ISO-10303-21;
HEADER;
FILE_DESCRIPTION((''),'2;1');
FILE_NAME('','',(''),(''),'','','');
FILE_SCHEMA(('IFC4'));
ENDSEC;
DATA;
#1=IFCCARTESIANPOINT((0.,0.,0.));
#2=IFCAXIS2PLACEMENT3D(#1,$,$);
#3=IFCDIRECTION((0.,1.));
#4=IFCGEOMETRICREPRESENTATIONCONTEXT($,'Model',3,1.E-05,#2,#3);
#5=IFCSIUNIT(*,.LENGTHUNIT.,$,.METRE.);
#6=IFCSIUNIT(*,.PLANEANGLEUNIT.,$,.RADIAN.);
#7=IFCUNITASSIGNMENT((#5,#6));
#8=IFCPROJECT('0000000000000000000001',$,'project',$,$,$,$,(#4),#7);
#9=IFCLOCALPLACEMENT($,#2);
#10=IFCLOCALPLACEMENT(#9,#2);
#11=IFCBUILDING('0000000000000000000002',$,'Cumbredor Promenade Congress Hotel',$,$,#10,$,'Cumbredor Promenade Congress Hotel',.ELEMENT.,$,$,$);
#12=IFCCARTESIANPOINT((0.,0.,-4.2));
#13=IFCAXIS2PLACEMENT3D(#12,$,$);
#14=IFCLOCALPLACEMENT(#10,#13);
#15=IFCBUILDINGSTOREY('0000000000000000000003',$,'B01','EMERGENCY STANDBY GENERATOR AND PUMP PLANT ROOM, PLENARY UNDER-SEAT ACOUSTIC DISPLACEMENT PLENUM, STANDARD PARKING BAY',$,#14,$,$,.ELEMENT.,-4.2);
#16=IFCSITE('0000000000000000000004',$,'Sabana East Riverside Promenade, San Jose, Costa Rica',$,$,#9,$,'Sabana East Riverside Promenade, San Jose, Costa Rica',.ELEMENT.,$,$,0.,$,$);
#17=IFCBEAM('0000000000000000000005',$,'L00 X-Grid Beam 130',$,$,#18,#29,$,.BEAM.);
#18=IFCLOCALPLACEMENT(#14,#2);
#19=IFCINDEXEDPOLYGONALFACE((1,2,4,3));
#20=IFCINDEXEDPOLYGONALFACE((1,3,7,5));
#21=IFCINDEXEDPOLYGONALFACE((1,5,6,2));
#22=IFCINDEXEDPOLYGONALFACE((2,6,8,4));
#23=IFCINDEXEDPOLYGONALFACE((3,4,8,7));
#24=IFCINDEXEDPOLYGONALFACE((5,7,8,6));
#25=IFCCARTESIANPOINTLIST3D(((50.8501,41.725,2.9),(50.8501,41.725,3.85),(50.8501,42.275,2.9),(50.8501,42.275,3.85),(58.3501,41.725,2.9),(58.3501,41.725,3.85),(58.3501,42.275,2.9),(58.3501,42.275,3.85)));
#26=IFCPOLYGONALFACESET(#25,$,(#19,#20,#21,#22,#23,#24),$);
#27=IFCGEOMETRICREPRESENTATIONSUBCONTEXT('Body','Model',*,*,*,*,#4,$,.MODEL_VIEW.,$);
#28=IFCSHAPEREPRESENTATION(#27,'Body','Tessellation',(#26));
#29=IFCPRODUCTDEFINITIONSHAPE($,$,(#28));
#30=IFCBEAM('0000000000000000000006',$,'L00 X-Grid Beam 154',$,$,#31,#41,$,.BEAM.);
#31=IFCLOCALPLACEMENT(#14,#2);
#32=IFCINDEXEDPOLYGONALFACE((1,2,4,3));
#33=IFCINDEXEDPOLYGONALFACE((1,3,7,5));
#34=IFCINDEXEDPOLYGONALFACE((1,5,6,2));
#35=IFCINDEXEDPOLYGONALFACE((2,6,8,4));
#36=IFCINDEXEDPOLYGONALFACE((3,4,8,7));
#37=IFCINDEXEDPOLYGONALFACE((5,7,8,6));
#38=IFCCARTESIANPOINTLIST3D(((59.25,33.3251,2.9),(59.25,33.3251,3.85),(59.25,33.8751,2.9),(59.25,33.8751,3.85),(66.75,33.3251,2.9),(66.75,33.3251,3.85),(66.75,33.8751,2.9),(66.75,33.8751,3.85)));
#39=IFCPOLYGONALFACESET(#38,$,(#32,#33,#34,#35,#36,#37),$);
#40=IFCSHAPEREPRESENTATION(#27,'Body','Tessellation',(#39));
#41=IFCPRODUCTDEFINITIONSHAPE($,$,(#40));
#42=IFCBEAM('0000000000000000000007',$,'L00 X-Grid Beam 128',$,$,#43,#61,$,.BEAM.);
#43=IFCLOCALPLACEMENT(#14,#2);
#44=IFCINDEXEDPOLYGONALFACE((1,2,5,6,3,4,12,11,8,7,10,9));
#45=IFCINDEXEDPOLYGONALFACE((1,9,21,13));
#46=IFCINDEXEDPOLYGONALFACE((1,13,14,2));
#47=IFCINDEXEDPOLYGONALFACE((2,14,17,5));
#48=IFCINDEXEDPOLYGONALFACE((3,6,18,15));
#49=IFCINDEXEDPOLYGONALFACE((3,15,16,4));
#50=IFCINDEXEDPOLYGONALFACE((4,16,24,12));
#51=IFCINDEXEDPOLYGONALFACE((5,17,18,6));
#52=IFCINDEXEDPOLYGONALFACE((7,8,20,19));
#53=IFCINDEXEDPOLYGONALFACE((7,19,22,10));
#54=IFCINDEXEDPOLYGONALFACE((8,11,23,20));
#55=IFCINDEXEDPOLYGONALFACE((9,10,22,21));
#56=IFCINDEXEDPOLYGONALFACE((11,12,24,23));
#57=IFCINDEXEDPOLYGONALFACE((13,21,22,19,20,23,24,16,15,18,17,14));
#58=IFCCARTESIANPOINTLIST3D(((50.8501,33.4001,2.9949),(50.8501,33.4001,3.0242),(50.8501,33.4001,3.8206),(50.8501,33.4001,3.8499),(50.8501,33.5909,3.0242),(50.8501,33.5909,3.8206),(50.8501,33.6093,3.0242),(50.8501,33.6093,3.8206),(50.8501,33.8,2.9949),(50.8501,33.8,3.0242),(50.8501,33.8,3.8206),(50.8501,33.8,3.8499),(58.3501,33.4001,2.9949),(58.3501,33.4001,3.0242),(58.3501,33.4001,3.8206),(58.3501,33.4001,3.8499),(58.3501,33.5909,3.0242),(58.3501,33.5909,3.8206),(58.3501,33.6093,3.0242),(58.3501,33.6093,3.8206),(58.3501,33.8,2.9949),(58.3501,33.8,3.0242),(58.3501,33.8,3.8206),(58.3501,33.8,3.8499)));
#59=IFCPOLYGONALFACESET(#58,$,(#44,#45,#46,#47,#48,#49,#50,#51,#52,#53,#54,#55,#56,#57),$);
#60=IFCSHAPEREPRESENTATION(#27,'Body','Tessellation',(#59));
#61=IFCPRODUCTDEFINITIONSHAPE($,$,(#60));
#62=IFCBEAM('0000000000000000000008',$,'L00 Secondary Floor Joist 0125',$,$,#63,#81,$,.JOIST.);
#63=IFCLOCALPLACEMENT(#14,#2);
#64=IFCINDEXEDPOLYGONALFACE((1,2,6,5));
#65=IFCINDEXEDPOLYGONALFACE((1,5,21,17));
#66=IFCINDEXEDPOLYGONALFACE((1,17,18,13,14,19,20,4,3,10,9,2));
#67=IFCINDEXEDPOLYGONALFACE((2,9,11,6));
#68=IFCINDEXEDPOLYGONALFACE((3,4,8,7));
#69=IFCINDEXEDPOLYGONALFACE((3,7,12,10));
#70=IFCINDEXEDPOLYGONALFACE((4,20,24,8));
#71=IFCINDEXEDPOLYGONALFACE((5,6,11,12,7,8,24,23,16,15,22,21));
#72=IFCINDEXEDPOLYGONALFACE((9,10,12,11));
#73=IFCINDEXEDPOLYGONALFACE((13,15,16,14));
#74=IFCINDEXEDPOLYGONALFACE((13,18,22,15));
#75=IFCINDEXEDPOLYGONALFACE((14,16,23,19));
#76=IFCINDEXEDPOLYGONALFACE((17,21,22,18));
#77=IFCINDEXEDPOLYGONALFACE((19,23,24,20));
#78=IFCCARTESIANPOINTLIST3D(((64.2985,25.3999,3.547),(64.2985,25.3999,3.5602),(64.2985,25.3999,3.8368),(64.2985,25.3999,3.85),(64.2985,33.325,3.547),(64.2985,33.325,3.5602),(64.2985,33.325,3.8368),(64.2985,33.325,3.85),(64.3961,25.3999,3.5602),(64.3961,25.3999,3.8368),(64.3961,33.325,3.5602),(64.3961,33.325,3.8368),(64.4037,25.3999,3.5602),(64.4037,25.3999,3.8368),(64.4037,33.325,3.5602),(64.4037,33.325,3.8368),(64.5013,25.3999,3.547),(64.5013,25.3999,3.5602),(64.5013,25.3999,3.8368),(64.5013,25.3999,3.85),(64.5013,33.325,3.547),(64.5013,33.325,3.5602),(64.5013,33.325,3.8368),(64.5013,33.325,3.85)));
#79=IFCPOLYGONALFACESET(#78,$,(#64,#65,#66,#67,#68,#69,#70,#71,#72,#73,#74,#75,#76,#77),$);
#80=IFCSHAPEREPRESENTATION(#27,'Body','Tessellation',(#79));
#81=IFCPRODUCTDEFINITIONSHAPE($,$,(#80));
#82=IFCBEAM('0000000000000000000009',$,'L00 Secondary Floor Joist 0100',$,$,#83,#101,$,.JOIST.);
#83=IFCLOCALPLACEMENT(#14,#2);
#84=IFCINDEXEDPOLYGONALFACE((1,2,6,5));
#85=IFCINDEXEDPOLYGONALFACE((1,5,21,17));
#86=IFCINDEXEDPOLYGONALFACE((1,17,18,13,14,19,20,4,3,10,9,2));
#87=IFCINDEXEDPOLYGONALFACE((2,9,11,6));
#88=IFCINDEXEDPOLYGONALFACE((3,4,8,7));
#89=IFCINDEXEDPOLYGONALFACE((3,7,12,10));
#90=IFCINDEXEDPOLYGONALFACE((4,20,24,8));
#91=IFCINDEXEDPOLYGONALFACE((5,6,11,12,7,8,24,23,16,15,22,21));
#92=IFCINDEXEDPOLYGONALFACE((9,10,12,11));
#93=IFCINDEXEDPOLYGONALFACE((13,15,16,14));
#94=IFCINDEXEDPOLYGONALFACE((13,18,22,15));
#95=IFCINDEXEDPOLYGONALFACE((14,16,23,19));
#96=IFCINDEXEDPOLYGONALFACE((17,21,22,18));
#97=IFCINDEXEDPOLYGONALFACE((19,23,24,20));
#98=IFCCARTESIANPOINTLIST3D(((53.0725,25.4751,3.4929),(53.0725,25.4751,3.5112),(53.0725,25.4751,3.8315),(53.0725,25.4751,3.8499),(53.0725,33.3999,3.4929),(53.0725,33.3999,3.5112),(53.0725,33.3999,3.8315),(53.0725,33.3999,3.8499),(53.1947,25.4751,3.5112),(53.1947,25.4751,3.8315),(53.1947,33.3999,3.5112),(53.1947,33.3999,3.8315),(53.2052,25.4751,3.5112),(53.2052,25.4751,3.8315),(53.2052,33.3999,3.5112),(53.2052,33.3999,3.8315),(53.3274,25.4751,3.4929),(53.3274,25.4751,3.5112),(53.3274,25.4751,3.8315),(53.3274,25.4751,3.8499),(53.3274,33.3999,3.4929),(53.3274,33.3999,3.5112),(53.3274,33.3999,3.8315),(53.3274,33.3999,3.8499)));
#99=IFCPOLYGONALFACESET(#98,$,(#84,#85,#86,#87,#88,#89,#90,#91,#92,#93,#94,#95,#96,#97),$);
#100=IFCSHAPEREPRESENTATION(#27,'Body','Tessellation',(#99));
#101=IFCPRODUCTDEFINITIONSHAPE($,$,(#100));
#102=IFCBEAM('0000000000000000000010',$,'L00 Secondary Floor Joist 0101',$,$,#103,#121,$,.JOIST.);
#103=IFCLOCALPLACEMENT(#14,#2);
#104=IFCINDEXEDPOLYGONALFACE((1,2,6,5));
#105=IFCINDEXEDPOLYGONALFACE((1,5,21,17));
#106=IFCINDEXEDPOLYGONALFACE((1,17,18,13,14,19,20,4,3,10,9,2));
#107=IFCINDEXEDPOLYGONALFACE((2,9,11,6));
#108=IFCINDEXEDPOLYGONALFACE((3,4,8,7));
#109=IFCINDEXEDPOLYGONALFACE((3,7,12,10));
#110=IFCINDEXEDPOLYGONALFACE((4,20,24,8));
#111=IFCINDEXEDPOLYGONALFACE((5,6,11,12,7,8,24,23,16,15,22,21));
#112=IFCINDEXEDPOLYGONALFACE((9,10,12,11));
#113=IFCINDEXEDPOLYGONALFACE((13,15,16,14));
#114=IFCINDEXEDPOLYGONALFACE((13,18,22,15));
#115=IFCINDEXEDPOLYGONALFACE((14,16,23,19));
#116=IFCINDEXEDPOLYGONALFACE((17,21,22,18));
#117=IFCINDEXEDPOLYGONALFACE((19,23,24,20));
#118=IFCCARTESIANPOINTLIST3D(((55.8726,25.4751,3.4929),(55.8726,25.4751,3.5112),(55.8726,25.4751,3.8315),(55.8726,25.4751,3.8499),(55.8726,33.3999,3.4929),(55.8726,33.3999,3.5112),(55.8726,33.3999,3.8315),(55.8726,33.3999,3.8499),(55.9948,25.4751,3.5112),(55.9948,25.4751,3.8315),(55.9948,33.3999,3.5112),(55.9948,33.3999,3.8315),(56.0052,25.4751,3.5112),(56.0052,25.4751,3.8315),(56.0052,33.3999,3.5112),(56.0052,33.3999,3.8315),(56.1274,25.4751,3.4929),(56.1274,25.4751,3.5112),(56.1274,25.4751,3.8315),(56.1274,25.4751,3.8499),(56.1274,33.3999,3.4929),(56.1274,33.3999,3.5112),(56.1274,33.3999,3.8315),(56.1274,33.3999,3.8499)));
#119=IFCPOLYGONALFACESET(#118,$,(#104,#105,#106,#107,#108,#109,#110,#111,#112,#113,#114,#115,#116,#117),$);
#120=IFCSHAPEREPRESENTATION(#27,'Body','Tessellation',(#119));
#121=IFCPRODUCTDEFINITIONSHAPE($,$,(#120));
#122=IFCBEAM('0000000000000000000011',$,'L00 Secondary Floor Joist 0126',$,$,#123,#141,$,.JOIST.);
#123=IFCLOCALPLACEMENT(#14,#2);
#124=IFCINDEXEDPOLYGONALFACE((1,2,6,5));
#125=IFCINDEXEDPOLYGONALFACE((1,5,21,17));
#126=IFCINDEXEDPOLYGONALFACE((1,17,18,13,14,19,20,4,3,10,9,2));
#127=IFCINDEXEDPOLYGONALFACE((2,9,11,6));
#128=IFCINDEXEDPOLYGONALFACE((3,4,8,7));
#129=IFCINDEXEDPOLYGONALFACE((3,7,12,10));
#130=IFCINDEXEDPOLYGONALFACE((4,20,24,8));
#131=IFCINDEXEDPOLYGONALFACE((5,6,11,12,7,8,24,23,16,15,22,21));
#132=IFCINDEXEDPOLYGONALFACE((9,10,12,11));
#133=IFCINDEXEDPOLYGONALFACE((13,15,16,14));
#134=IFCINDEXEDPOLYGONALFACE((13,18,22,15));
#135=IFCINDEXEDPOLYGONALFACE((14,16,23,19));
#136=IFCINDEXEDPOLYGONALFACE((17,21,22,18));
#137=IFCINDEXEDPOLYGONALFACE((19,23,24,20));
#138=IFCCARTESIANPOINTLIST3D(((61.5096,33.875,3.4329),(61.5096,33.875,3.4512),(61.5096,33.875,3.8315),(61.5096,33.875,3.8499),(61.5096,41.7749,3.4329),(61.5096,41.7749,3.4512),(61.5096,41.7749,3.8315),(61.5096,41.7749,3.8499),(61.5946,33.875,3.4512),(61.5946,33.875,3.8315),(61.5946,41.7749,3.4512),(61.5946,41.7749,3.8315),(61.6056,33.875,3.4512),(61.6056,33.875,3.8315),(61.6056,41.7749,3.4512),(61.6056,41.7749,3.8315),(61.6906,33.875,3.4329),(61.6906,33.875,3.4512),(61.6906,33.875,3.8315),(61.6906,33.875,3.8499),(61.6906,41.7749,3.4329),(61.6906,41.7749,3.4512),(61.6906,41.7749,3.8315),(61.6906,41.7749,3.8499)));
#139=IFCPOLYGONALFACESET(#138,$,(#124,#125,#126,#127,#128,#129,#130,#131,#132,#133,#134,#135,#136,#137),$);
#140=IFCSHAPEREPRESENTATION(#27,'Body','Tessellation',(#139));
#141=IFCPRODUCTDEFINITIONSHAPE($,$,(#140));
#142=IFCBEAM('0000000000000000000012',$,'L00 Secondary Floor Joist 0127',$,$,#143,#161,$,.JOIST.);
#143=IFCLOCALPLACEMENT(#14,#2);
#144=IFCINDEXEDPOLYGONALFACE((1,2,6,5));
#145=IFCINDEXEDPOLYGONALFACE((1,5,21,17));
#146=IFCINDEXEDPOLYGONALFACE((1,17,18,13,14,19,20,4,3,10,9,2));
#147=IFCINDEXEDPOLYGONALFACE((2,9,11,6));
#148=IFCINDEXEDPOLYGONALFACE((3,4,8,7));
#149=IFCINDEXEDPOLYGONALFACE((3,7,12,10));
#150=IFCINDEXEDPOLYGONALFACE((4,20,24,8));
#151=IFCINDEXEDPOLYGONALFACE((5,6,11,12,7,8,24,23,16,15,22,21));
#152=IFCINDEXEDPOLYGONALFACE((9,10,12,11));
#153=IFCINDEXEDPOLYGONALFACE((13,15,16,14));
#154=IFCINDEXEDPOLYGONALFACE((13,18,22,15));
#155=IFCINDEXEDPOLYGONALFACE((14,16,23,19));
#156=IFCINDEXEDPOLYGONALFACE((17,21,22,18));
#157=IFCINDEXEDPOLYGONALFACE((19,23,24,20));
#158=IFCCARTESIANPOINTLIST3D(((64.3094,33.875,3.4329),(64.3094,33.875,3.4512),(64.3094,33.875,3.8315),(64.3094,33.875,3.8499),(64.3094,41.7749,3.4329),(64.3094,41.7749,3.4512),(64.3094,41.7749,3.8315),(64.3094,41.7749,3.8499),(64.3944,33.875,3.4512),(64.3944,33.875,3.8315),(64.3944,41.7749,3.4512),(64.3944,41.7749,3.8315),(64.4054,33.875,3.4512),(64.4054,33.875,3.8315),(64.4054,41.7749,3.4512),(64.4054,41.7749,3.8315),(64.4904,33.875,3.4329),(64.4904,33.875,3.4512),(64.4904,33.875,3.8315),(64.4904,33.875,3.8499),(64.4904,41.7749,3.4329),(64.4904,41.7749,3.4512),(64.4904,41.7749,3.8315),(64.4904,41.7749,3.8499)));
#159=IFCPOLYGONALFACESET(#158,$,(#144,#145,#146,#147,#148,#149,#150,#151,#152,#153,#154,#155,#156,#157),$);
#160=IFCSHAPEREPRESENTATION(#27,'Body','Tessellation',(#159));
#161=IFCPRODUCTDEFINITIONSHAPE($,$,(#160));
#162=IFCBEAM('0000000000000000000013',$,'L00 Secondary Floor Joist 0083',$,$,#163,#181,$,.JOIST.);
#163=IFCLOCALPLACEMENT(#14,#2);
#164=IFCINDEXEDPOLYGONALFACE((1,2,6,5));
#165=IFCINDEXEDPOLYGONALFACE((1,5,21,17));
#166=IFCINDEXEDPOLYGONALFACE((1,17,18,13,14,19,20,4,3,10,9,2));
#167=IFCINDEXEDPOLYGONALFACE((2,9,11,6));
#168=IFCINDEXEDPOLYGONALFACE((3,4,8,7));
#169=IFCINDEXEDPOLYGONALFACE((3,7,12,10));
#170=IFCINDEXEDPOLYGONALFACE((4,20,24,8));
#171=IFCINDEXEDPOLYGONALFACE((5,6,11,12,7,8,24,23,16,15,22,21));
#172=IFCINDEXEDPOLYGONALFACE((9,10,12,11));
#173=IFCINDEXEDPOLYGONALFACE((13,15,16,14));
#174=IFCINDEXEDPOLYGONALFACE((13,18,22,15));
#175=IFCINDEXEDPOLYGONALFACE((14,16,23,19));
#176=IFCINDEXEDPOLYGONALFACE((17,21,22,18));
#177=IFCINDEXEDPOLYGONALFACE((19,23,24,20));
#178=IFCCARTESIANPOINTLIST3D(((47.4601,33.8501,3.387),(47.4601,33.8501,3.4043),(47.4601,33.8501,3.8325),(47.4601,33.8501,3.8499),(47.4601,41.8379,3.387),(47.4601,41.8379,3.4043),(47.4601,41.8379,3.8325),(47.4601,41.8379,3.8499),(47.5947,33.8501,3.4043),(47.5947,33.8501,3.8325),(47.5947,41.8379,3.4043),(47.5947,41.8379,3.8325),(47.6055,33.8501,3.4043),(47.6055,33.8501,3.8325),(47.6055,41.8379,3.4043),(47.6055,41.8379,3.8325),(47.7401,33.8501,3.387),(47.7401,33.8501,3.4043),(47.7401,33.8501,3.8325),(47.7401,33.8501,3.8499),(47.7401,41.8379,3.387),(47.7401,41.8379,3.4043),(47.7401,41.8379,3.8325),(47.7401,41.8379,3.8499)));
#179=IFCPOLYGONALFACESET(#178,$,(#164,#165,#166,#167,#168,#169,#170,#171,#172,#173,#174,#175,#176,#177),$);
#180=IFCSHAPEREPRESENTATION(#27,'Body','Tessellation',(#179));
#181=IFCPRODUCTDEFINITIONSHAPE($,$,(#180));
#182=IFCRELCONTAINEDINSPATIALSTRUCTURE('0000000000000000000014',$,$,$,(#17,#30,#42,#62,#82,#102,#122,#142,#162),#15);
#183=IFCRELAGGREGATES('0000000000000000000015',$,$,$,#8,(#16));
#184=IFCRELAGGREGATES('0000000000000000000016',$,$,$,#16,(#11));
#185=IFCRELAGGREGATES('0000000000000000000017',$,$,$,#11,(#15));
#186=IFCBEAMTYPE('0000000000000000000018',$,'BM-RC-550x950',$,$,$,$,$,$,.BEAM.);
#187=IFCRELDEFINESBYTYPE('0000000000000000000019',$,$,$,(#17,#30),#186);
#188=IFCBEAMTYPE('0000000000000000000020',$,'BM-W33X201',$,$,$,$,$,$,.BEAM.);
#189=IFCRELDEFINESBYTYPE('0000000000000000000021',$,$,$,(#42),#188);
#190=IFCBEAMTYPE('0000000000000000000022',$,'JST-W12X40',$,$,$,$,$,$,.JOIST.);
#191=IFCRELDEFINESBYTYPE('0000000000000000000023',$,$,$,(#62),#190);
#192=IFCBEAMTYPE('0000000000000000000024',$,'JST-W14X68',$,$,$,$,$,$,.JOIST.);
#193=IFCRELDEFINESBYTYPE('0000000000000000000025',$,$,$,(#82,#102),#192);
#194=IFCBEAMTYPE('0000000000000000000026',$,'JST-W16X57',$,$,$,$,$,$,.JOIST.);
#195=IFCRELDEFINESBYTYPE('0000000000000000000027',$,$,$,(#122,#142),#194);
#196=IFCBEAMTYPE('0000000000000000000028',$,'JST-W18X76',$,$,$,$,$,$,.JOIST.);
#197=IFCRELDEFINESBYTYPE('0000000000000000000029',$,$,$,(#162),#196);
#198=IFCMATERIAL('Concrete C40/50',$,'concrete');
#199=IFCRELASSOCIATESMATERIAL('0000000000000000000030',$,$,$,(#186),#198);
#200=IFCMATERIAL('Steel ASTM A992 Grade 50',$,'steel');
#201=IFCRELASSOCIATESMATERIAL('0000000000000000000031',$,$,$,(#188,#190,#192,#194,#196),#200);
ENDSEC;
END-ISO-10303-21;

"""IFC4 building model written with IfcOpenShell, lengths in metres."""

from ifc_helpers import new_model, si_unit, direction, frame, origin, origin_2d, place, context, subcontext, project, spatial, rectangle, i_section, extrude, material, material_profile, profile_set, type_object, element, save


model = new_model("IFC4")

# Units and contexts
model_context = context("Model", 3, precision=1e-05, world=origin(), true_north=direction((0.0, 1.0)))
body_context = subcontext(model_context, "Body", "Model", "MODEL_VIEW")
ifc_project = project(units=[si_unit("LENGTHUNIT", "METRE"), si_unit("PLANEANGLEUNIT", "RADIAN")], contexts=[model_context])

# Site, building, storey
site_placement = place(None, origin())
site = spatial("IfcSite", under=ifc_project, at=site_placement, Name="Sabana East Riverside Promenade, San Jose, Costa Rica", LongName="Sabana East Riverside Promenade, San Jose, Costa Rica", CompositionType="ELEMENT", RefElevation=0.0)
building_placement = place(site_placement, origin())
building = spatial("IfcBuilding", under=site, at=building_placement, Name="Cumbredor Promenade Congress Hotel", LongName="Cumbredor Promenade Congress Hotel", CompositionType="ELEMENT")
storey_placement = place(building_placement, frame((0.0, 0.0, -4.2)))
storey = spatial("IfcBuildingStorey", under=building, at=storey_placement, Name="B01", Description="EMERGENCY STANDBY GENERATOR AND PUMP PLANT ROOM, PLENARY UNDER-SEAT ACOUSTIC DISPLACEMENT PLENUM, STANDARD PARKING BAY", CompositionType="ELEMENT", Elevation=-4.2)

# Shared definitions
ifc_material_1 = material(Name="Concrete C40/50", Category="concrete")

# Beams
ifc_material_profile_1 = material_profile(ifc_material_1, rectangle(XDim=0.55, YDim=0.95, at=origin_2d()), Name="RC BEAM 550x950")
ifc_profile_set_1 = profile_set([ifc_material_profile_1], Name="Concrete C40/50")
beam_type_1 = type_object("IfcBeamType", Name="BM-RC-550x950", PredefinedType="BEAM", material=ifc_profile_set_1)
for number, where, z_axis, x_axis, name in (
    (1, (50.8501, 42.0, 3.375), (1.0, 0.0, 0.0), (0.0, 1.0, 0.0), "L00 X-Grid Beam 130"),
    (2, (59.25, 33.6001, 3.375), (1.0, 0.0, 0.0), (0.0, 1.0, 0.0), "L00 X-Grid Beam 154"),
):
    element("IfcBeam", number, at=place(storey_placement, frame(where, z_axis=z_axis, x_axis=x_axis)), inside=storey, type_object=beam_type_1, Name=name, PredefinedType="BEAM", context=body_context, shape_type="SweptSolid", body=[
        extrude(rectangle(XDim=0.55, YDim=0.95, at=origin_2d()), origin(), (0.0, 0.0, 1.0), 7.5),
    ])
ifc_material_2 = material(Name="Steel ASTM A992 Grade 50", Category="steel")
ifc_material_profile_2 = material_profile(ifc_material_2, i_section(OverallWidth=0.3999, OverallDepth=0.855, WebThickness=0.0183, FlangeThickness=0.0293, at=origin_2d()), Name="W33X201")
ifc_profile_set_2 = profile_set([ifc_material_profile_2], Name="Steel ASTM A992 Grade 50")
beam_type_2 = type_object("IfcBeamType", Name="BM-W33X201", PredefinedType="BEAM", material=ifc_profile_set_2)
beam_1_placement = place(storey_placement, frame((50.8501, 33.6001, 3.4224), z_axis=(1.0, 0.0, 0.0), x_axis=(0.0, 1.0, 0.0)))
element("IfcBeam", 3, at=beam_1_placement, inside=storey, type_object=beam_type_2, Name="L00 X-Grid Beam 128", PredefinedType="BEAM", context=body_context, shape_type="SweptSolid", body=[
    extrude(i_section(OverallWidth=0.3999, OverallDepth=0.855, WebThickness=0.0183, FlangeThickness=0.0293, at=origin_2d()), origin(), (0.0, 0.0, 1.0), 7.5),
])
ifc_material_profile_3 = material_profile(ifc_material_2, i_section(OverallWidth=0.2029, OverallDepth=0.303, WebThickness=0.0076, FlangeThickness=0.0132, at=origin_2d()), Name="W12X40")
ifc_profile_set_3 = profile_set([ifc_material_profile_3], Name="Steel ASTM A992 Grade 50")
beam_type_3 = type_object("IfcBeamType", Name="JST-W12X40", PredefinedType="JOIST", material=ifc_profile_set_3)
beam_2_placement = place(storey_placement, frame((64.3999, 25.3999, 3.6985), z_axis=(0.0, 1.0, 0.0), x_axis=(-1.0, 0.0, 0.0)))
element("IfcBeam", 4, at=beam_2_placement, inside=storey, type_object=beam_type_3, Name="L00 Secondary Floor Joist 0125", PredefinedType="JOIST", context=body_context, shape_type="SweptSolid", body=[
    extrude(i_section(OverallWidth=0.2029, OverallDepth=0.303, WebThickness=0.0076, FlangeThickness=0.0132, at=origin_2d()), origin(), (0.0, 0.0, 1.0), 7.925),
])
ifc_material_profile_4 = material_profile(ifc_material_2, i_section(OverallWidth=0.2549, OverallDepth=0.3569, WebThickness=0.0105, FlangeThickness=0.0183, at=origin_2d()), Name="W14X68")
ifc_profile_set_4 = profile_set([ifc_material_profile_4], Name="Steel ASTM A992 Grade 50")
beam_type_4 = type_object("IfcBeamType", Name="JST-W14X68", PredefinedType="JOIST", material=ifc_profile_set_4)
for number, where, z_axis, x_axis, name in (
    (5, (53.2, 25.4751, 3.6714), (0.0, 1.0, 0.0), (-1.0, 0.0, 0.0), "L00 Secondary Floor Joist 0100"),
    (6, (56.0, 25.4751, 3.6714), (0.0, 1.0, 0.0), (-1.0, 0.0, 0.0), "L00 Secondary Floor Joist 0101"),
):
    element("IfcBeam", number, at=place(storey_placement, frame(where, z_axis=z_axis, x_axis=x_axis)), inside=storey, type_object=beam_type_4, Name=name, PredefinedType="JOIST", context=body_context, shape_type="SweptSolid", body=[
        extrude(i_section(OverallWidth=0.2549, OverallDepth=0.3569, WebThickness=0.0105, FlangeThickness=0.0183, at=origin_2d()), origin(), (0.0, 0.0, 1.0), 7.9248),
    ])
ifc_material_profile_5 = material_profile(ifc_material_2, i_section(OverallWidth=0.1809, OverallDepth=0.417, WebThickness=0.011, FlangeThickness=0.0183, at=origin_2d()), Name="W16X57")
ifc_profile_set_5 = profile_set([ifc_material_profile_5], Name="Steel ASTM A992 Grade 50")
beam_type_5 = type_object("IfcBeamType", Name="JST-W16X57", PredefinedType="JOIST", material=ifc_profile_set_5)
for number, where, z_axis, x_axis, name in (
    (7, (61.6001, 33.875, 3.6414), (0.0, 1.0, 0.0), (-1.0, 0.0, 0.0), "L00 Secondary Floor Joist 0126"),
    (8, (64.3999, 33.875, 3.6414), (0.0, 1.0, 0.0), (-1.0, 0.0, 0.0), "L00 Secondary Floor Joist 0127"),
):
    element("IfcBeam", number, at=place(storey_placement, frame(where, z_axis=z_axis, x_axis=x_axis)), inside=storey, type_object=beam_type_5, Name=name, PredefinedType="JOIST", context=body_context, shape_type="SweptSolid", body=[
        extrude(i_section(OverallWidth=0.1809, OverallDepth=0.417, WebThickness=0.011, FlangeThickness=0.0183, at=origin_2d()), origin(), (0.0, 0.0, 1.0), 7.8999),
    ])
ifc_material_profile_6 = material_profile(ifc_material_2, i_section(OverallWidth=0.28, OverallDepth=0.4629, WebThickness=0.0107, FlangeThickness=0.0173, at=origin_2d()), Name="W18X76")
ifc_profile_set_6 = profile_set([ifc_material_profile_6], Name="Steel ASTM A992 Grade 50")
beam_type_6 = type_object("IfcBeamType", Name="JST-W18X76", PredefinedType="JOIST", material=ifc_profile_set_6)
beam_3_placement = place(storey_placement, frame((47.6001, 33.8501, 3.6184), z_axis=(0.0, 1.0, 0.0), x_axis=(-1.0, 0.0, 0.0)))
element("IfcBeam", 9, at=beam_3_placement, inside=storey, type_object=beam_type_6, Name="L00 Secondary Floor Joist 0083", PredefinedType="JOIST", context=body_context, shape_type="SweptSolid", body=[
    extrude(i_section(OverallWidth=0.28, OverallDepth=0.4629, WebThickness=0.0107, FlangeThickness=0.0173, at=origin_2d()), origin(), (0.0, 0.0, 1.0), 7.9878),
])

save(model, "model.ifc")
